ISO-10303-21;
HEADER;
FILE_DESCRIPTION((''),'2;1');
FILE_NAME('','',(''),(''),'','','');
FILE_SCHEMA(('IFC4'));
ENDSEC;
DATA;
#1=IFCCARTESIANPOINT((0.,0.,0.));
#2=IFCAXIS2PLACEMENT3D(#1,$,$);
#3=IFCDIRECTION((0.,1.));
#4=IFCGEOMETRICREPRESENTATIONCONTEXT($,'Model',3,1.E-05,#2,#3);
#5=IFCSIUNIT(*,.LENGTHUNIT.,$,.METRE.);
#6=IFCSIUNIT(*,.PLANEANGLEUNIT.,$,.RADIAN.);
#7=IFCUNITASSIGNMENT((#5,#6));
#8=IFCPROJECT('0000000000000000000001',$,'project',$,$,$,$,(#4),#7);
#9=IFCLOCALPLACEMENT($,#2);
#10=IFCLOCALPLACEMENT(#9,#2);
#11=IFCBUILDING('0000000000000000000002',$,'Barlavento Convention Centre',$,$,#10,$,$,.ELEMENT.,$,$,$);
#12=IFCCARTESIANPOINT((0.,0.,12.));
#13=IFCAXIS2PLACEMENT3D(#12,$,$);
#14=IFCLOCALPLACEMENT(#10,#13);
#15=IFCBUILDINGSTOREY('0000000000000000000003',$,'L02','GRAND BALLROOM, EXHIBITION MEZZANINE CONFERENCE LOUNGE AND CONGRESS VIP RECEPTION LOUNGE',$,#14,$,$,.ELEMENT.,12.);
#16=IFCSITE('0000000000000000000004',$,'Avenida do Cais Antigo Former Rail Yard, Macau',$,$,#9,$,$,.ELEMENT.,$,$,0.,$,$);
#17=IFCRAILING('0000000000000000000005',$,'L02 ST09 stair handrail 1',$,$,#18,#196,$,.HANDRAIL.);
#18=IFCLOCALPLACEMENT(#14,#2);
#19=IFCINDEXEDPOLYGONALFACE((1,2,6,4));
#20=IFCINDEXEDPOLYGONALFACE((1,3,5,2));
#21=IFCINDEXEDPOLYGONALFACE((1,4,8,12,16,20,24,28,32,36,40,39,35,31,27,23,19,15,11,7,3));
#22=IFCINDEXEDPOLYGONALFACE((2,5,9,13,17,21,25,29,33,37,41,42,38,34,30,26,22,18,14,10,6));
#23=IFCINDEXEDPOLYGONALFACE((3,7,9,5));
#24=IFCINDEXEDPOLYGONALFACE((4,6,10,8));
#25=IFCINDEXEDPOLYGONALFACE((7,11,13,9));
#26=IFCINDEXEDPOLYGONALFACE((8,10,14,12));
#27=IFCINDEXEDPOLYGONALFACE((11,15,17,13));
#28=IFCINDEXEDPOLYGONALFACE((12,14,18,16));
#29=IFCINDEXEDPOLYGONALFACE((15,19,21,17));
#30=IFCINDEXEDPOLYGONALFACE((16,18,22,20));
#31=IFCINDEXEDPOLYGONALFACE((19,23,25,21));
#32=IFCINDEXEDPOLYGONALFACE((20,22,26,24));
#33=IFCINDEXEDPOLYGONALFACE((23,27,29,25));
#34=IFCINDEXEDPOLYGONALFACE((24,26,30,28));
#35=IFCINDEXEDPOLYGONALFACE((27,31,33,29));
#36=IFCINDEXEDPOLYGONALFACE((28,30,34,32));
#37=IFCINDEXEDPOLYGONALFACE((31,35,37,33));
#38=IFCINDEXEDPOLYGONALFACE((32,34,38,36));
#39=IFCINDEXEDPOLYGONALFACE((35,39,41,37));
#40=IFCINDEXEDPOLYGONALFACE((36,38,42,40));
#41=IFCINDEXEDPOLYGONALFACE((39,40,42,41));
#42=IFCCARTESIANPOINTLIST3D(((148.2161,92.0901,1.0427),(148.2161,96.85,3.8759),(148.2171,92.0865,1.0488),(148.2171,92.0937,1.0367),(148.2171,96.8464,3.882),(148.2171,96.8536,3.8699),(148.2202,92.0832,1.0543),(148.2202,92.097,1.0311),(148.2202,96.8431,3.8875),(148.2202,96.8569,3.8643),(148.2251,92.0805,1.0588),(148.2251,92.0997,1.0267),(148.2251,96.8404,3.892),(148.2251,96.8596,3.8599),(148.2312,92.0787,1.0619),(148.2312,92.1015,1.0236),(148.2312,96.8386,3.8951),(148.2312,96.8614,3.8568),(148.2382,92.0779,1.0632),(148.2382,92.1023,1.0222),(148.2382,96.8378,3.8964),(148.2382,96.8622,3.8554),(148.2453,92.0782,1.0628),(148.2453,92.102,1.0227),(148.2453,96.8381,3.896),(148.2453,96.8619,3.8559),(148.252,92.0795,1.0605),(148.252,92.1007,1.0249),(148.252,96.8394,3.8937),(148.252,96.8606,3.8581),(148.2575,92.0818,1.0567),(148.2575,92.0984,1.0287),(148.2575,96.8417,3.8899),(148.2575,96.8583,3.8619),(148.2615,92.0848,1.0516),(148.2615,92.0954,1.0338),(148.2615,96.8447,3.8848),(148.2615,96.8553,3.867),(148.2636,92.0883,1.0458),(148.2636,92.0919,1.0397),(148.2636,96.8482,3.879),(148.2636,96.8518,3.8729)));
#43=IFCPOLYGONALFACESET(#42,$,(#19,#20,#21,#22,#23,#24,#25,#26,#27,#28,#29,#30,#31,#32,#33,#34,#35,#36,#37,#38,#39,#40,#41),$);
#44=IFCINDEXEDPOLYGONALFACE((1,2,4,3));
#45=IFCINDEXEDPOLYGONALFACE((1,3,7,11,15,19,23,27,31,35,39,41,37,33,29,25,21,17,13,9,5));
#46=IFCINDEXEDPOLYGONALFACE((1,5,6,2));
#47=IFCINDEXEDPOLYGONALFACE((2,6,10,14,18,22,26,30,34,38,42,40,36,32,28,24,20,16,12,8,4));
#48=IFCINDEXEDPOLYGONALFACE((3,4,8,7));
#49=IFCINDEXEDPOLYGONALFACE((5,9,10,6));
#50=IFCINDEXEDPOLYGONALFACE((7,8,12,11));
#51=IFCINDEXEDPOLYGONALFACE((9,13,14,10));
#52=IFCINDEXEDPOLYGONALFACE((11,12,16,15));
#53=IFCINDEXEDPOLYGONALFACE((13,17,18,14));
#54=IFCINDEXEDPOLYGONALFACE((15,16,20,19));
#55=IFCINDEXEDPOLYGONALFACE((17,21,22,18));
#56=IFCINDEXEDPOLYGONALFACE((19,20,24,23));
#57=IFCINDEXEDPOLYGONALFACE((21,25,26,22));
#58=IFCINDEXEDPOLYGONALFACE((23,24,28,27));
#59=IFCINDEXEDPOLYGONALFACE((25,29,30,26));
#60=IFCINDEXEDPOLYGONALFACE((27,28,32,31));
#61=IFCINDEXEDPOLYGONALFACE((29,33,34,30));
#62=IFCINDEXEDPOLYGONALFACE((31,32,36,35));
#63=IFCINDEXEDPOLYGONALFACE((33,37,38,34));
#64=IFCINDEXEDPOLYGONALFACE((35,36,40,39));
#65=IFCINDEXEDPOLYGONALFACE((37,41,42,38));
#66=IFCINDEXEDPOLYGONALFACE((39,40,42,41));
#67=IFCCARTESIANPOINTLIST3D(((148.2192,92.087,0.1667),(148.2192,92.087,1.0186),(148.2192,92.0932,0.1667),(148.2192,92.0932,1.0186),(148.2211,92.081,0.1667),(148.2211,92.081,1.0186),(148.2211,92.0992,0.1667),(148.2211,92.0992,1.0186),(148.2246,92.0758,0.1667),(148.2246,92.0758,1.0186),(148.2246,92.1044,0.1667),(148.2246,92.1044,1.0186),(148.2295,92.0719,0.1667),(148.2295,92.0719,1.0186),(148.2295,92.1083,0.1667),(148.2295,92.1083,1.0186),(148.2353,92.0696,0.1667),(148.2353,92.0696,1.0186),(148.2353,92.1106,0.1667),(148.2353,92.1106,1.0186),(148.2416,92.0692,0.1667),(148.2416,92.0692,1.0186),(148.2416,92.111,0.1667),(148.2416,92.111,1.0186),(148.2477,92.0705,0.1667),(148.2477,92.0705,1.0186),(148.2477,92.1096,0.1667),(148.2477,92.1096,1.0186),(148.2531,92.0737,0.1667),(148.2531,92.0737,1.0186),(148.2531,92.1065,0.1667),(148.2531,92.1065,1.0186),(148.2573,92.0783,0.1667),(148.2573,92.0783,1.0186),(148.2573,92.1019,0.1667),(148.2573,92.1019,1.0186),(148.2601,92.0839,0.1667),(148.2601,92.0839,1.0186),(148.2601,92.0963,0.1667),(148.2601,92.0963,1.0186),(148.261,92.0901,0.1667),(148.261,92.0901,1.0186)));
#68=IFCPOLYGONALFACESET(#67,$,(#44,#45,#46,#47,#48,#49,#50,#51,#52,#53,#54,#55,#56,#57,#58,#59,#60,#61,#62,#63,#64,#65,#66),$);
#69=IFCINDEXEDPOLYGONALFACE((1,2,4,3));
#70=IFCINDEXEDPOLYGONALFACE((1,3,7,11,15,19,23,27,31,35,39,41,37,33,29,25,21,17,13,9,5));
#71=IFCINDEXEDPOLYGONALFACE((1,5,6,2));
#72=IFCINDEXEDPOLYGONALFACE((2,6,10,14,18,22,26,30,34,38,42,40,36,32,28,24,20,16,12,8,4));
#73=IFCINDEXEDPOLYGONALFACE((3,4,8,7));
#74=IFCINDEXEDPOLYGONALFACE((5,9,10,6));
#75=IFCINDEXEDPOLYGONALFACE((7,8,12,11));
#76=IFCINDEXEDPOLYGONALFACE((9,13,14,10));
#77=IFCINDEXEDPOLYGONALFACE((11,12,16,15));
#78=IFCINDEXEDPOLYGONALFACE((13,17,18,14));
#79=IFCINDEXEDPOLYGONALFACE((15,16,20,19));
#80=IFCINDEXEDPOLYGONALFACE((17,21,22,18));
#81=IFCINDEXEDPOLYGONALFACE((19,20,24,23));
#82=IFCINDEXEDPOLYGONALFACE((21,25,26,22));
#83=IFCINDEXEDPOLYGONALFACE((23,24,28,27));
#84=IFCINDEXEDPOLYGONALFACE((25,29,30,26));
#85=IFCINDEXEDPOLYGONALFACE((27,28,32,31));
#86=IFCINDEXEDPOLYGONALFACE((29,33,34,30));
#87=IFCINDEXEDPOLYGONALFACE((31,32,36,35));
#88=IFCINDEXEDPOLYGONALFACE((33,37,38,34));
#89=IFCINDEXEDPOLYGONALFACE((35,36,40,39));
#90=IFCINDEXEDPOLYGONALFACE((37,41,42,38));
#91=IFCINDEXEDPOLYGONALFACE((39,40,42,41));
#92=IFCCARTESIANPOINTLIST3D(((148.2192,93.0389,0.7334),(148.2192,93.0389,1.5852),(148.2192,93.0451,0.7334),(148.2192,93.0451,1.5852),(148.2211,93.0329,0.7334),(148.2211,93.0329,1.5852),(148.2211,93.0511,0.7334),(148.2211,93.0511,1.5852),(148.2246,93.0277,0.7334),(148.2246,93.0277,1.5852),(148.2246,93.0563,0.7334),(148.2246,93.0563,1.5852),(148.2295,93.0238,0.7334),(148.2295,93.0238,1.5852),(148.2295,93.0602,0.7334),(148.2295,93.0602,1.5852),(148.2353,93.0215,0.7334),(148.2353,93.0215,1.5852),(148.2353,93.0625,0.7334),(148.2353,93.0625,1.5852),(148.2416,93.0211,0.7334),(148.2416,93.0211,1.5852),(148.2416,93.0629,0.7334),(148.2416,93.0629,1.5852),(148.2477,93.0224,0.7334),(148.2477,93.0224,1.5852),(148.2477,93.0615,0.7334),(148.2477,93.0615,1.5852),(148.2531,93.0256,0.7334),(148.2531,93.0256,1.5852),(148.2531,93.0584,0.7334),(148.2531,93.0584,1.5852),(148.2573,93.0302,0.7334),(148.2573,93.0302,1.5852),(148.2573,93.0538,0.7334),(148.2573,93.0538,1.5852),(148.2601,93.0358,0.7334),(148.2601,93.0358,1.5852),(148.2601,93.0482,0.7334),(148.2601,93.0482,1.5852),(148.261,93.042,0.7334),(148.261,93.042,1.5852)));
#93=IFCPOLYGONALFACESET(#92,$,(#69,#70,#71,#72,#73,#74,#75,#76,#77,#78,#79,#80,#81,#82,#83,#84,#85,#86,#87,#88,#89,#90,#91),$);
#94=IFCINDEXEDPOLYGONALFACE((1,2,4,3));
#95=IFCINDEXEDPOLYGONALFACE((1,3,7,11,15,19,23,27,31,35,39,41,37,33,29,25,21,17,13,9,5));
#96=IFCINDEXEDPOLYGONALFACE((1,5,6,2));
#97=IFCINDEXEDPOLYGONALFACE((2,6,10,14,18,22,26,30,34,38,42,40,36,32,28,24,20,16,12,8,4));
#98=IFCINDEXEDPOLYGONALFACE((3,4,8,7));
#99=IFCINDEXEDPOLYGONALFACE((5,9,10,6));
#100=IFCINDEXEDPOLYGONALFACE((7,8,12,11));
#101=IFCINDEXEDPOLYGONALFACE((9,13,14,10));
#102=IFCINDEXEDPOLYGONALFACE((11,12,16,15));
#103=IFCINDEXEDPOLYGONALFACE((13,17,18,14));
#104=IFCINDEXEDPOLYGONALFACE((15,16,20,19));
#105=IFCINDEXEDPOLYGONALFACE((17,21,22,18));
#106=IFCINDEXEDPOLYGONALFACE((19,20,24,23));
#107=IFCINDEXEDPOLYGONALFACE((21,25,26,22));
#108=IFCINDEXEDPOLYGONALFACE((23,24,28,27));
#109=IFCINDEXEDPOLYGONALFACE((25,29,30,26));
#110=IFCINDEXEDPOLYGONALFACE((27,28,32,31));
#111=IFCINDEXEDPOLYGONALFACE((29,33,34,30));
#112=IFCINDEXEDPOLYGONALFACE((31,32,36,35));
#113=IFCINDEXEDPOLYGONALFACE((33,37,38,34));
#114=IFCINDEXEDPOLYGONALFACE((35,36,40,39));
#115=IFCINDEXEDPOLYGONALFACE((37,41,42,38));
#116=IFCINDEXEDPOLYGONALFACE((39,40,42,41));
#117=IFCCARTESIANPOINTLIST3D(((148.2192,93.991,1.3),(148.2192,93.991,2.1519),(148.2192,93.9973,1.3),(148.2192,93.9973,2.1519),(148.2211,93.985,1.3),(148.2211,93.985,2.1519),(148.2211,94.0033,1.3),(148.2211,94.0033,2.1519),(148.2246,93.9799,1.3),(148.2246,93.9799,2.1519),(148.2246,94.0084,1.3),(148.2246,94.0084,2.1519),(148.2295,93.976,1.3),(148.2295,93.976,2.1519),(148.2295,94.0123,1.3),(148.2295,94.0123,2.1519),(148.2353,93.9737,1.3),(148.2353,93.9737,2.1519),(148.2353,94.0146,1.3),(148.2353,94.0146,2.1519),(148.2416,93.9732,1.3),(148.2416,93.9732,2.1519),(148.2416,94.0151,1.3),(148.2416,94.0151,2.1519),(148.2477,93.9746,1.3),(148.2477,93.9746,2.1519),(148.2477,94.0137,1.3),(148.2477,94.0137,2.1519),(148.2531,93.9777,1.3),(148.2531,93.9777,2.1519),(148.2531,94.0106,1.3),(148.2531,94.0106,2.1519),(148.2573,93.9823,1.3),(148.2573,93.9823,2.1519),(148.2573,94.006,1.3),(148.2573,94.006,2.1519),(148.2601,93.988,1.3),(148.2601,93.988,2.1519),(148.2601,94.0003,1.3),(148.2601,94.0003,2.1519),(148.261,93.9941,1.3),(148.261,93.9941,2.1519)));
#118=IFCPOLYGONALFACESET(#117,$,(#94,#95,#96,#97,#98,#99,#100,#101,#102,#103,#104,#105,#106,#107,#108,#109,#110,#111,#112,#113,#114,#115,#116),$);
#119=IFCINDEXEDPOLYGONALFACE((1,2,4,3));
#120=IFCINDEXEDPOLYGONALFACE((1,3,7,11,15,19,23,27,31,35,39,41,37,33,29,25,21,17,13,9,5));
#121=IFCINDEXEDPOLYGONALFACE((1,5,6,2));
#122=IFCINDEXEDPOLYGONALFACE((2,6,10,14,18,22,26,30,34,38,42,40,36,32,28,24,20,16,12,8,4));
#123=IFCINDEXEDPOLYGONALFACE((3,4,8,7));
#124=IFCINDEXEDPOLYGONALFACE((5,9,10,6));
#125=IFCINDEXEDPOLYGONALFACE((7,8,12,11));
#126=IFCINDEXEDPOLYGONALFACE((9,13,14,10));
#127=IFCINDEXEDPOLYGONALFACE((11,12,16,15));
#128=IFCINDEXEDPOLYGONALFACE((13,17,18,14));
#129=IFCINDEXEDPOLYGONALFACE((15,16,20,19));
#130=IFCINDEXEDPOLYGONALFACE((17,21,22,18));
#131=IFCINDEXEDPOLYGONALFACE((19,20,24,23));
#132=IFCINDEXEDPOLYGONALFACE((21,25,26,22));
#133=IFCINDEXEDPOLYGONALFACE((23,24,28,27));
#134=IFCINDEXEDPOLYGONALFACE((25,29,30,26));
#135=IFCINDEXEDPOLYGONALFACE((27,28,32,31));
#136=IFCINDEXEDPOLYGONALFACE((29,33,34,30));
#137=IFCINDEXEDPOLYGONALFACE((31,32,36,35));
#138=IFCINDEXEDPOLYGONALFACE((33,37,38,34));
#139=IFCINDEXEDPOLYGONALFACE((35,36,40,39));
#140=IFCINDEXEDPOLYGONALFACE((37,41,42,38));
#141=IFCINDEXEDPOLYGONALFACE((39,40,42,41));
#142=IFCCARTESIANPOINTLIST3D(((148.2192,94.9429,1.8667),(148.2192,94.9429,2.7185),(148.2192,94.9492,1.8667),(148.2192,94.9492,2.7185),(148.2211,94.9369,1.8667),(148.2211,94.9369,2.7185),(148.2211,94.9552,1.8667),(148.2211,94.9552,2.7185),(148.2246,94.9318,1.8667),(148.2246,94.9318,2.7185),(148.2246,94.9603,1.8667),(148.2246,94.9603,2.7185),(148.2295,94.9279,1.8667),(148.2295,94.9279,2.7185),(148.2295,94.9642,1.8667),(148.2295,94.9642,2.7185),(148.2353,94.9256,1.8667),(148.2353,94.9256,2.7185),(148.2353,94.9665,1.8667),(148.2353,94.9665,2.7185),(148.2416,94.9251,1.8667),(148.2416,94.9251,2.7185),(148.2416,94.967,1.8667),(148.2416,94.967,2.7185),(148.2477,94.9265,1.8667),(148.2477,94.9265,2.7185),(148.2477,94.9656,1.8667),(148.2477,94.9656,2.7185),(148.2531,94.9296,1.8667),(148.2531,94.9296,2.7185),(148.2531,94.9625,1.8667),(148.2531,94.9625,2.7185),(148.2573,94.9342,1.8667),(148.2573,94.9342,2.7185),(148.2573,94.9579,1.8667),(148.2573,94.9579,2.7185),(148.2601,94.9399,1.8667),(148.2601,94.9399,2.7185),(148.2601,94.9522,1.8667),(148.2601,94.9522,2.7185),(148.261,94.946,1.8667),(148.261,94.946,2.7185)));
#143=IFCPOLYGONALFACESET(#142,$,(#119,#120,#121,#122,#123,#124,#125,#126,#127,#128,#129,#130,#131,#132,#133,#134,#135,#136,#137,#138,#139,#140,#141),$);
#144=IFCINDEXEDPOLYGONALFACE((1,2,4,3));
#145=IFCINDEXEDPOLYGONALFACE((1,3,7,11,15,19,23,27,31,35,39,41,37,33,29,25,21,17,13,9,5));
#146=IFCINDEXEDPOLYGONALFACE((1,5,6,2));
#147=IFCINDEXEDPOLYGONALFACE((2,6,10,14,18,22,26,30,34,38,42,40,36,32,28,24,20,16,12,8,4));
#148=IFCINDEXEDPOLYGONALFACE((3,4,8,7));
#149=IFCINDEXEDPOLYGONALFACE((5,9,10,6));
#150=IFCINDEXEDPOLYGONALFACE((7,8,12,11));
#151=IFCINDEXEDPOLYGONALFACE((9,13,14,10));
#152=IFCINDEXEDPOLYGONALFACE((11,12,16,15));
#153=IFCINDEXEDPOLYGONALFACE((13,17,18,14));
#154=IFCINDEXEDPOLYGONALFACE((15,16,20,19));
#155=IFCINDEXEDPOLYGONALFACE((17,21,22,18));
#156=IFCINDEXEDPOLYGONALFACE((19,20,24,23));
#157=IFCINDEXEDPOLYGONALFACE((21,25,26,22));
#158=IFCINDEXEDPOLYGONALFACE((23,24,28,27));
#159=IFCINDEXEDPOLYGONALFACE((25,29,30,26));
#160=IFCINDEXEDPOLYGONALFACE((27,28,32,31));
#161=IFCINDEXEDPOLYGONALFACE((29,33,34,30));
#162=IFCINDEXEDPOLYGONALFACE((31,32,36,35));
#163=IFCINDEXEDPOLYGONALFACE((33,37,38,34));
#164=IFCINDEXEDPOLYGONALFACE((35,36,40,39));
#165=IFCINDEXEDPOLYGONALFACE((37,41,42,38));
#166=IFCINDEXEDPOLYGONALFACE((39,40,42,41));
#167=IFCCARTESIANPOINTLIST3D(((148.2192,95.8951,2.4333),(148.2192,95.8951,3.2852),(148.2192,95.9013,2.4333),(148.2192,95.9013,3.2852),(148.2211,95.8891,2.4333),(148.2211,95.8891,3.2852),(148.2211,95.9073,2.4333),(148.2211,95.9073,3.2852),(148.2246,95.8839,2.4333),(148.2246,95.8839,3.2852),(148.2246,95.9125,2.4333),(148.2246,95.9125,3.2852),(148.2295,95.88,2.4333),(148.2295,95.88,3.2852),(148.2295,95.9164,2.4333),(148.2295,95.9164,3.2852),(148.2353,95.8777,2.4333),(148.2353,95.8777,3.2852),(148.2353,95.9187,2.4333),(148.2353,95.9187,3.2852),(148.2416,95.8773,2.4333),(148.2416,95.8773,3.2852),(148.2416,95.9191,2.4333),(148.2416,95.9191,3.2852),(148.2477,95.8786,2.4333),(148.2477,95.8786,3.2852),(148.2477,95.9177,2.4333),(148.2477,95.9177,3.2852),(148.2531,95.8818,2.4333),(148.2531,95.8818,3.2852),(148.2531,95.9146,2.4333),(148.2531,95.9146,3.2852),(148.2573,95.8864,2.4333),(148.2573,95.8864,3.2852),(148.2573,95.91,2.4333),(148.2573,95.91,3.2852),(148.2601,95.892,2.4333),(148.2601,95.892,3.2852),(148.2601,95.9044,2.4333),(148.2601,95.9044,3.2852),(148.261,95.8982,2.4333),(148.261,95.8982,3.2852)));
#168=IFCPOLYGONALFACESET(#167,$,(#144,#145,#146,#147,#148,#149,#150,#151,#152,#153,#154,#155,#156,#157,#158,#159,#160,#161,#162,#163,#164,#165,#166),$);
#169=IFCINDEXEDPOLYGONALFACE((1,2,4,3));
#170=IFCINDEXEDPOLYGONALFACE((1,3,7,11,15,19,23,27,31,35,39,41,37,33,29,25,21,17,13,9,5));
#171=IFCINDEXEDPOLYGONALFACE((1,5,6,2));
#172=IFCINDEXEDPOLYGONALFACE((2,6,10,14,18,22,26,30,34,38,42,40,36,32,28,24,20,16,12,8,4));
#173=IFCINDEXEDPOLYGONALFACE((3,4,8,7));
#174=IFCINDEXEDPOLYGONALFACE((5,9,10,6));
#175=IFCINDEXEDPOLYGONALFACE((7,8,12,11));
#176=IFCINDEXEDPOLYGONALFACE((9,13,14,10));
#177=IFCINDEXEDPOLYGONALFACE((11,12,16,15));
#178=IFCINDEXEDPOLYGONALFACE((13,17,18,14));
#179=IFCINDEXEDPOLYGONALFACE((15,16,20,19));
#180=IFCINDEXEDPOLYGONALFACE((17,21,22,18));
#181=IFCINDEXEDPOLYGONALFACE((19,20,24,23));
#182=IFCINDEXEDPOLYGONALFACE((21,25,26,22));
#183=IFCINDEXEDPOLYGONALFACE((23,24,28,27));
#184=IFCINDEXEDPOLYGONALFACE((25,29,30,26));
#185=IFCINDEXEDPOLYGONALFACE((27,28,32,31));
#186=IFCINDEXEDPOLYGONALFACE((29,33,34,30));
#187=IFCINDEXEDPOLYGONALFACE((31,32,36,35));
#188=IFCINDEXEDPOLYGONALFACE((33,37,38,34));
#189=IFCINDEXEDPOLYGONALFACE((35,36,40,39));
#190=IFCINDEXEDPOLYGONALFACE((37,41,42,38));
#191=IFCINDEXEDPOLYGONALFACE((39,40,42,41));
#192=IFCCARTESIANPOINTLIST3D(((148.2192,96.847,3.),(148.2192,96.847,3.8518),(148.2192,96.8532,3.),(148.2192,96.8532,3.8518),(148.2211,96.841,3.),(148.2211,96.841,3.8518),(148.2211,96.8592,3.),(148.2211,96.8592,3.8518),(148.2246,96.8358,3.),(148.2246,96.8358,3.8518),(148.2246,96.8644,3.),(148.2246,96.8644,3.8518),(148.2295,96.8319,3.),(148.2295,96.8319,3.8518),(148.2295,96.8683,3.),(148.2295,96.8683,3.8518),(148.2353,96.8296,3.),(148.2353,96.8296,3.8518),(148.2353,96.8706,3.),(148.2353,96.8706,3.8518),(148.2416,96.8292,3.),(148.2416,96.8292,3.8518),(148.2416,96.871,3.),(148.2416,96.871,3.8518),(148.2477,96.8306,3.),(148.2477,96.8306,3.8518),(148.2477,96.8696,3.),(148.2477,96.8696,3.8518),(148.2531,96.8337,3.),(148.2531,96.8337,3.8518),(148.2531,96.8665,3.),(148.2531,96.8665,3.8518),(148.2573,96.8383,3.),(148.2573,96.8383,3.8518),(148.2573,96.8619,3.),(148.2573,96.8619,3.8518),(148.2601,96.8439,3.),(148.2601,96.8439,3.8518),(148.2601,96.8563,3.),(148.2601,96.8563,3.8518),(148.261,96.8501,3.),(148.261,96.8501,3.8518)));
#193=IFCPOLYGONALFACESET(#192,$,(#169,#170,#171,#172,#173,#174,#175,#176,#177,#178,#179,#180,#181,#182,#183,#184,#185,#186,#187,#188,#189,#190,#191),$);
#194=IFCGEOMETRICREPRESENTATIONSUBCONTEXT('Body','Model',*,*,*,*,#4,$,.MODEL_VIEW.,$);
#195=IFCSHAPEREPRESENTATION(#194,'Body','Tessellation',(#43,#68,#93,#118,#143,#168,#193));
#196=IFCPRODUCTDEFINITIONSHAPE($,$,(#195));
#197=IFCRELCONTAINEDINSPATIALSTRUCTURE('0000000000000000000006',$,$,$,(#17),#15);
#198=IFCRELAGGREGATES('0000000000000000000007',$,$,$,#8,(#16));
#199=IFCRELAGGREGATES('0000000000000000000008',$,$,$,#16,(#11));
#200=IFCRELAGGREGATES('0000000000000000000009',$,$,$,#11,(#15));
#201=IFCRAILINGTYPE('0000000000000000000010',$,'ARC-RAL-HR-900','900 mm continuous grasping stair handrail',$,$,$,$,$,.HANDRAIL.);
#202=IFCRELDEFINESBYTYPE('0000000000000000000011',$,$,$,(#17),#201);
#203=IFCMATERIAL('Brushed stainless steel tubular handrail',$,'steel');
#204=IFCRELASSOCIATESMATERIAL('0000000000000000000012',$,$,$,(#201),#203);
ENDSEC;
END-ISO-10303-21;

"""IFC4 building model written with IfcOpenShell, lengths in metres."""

from ifc_helpers import new_model, si_unit, direction, frame, origin, origin_2d, place, context, subcontext, project, spatial, circle, extrude, material, type_object, element, save


model = new_model("IFC4")

# Units and contexts
model_context = context("Model", 3, precision=1e-05, world=origin(), true_north=direction((0.0, 1.0)))
body_context = subcontext(model_context, "Body", "Model", "MODEL_VIEW")
ifc_project = project(units=[si_unit("LENGTHUNIT", "METRE"), si_unit("PLANEANGLEUNIT", "RADIAN")], contexts=[model_context])

# Site, building, storey
site_placement = place(None, origin())
site = spatial("IfcSite", under=ifc_project, at=site_placement, Name="Avenida do Cais Antigo Former Rail Yard, Macau", CompositionType="ELEMENT", RefElevation=0.0)
building_placement = place(site_placement, origin())
building = spatial("IfcBuilding", under=site, at=building_placement, Name="Barlavento Convention Centre", CompositionType="ELEMENT")
storey_placement = place(building_placement, frame((0.0, 0.0, 12.0)))
storey = spatial("IfcBuildingStorey", under=building, at=storey_placement, Name="L02", Description="GRAND BALLROOM, EXHIBITION MEZZANINE CONFERENCE LOUNGE AND CONGRESS VIP RECEPTION LOUNGE", CompositionType="ELEMENT", Elevation=12.0)

# Railing
ifc_material_1 = material(Name="Brushed stainless steel tubular handrail", Category="steel")
railing_type_1 = type_object("IfcRailingType", Name="ARC-RAL-HR-900", Description="900 mm continuous grasping stair handrail", PredefinedType="HANDRAIL", material=ifc_material_1)
railing_1_placement = place(storey_placement, frame((148.24, 92.0901, 0.1667)))
element("IfcRailing", 1, at=railing_1_placement, inside=storey, type_object=railing_type_1, Name="L02 ST09 stair handrail 1", PredefinedType="HANDRAIL", context=body_context, shape_type="SweptSolid", body=[
    extrude(circle(Radius=0.0239, at=origin_2d()), frame((0.0, 0.0, 0.876), z_axis=(0.0, 0.8593, 0.511472), x_axis=(-1.0, 0.0, 0.0)), (0.0, 0.0, 1.0), 5.5393),
    extrude(circle(Radius=0.021, at=origin_2d()), origin(), (0.0, 0.0, 1.0), 0.8518),
    extrude(circle(Radius=0.021, at=origin_2d()), frame((0.0, 0.9519, 0.5667)), (0.0, 0.0, 1.0), 0.8518),
    extrude(circle(Radius=0.021, at=origin_2d()), frame((0.0, 1.9041, 1.1333)), (0.0, 0.0, 1.0), 0.8518),
    extrude(circle(Radius=0.021, at=origin_2d()), frame((0.0, 2.856, 1.7)), (0.0, 0.0, 1.0), 0.8518),
    extrude(circle(Radius=0.021, at=origin_2d()), frame((0.0, 3.8081, 2.2666)), (0.0, 0.0, 1.0), 0.8518),
    extrude(circle(Radius=0.021, at=origin_2d()), frame((0.0, 4.76, 2.8333)), (0.0, 0.0, 1.0), 0.8518),
])

save(model, "model.ifc")
